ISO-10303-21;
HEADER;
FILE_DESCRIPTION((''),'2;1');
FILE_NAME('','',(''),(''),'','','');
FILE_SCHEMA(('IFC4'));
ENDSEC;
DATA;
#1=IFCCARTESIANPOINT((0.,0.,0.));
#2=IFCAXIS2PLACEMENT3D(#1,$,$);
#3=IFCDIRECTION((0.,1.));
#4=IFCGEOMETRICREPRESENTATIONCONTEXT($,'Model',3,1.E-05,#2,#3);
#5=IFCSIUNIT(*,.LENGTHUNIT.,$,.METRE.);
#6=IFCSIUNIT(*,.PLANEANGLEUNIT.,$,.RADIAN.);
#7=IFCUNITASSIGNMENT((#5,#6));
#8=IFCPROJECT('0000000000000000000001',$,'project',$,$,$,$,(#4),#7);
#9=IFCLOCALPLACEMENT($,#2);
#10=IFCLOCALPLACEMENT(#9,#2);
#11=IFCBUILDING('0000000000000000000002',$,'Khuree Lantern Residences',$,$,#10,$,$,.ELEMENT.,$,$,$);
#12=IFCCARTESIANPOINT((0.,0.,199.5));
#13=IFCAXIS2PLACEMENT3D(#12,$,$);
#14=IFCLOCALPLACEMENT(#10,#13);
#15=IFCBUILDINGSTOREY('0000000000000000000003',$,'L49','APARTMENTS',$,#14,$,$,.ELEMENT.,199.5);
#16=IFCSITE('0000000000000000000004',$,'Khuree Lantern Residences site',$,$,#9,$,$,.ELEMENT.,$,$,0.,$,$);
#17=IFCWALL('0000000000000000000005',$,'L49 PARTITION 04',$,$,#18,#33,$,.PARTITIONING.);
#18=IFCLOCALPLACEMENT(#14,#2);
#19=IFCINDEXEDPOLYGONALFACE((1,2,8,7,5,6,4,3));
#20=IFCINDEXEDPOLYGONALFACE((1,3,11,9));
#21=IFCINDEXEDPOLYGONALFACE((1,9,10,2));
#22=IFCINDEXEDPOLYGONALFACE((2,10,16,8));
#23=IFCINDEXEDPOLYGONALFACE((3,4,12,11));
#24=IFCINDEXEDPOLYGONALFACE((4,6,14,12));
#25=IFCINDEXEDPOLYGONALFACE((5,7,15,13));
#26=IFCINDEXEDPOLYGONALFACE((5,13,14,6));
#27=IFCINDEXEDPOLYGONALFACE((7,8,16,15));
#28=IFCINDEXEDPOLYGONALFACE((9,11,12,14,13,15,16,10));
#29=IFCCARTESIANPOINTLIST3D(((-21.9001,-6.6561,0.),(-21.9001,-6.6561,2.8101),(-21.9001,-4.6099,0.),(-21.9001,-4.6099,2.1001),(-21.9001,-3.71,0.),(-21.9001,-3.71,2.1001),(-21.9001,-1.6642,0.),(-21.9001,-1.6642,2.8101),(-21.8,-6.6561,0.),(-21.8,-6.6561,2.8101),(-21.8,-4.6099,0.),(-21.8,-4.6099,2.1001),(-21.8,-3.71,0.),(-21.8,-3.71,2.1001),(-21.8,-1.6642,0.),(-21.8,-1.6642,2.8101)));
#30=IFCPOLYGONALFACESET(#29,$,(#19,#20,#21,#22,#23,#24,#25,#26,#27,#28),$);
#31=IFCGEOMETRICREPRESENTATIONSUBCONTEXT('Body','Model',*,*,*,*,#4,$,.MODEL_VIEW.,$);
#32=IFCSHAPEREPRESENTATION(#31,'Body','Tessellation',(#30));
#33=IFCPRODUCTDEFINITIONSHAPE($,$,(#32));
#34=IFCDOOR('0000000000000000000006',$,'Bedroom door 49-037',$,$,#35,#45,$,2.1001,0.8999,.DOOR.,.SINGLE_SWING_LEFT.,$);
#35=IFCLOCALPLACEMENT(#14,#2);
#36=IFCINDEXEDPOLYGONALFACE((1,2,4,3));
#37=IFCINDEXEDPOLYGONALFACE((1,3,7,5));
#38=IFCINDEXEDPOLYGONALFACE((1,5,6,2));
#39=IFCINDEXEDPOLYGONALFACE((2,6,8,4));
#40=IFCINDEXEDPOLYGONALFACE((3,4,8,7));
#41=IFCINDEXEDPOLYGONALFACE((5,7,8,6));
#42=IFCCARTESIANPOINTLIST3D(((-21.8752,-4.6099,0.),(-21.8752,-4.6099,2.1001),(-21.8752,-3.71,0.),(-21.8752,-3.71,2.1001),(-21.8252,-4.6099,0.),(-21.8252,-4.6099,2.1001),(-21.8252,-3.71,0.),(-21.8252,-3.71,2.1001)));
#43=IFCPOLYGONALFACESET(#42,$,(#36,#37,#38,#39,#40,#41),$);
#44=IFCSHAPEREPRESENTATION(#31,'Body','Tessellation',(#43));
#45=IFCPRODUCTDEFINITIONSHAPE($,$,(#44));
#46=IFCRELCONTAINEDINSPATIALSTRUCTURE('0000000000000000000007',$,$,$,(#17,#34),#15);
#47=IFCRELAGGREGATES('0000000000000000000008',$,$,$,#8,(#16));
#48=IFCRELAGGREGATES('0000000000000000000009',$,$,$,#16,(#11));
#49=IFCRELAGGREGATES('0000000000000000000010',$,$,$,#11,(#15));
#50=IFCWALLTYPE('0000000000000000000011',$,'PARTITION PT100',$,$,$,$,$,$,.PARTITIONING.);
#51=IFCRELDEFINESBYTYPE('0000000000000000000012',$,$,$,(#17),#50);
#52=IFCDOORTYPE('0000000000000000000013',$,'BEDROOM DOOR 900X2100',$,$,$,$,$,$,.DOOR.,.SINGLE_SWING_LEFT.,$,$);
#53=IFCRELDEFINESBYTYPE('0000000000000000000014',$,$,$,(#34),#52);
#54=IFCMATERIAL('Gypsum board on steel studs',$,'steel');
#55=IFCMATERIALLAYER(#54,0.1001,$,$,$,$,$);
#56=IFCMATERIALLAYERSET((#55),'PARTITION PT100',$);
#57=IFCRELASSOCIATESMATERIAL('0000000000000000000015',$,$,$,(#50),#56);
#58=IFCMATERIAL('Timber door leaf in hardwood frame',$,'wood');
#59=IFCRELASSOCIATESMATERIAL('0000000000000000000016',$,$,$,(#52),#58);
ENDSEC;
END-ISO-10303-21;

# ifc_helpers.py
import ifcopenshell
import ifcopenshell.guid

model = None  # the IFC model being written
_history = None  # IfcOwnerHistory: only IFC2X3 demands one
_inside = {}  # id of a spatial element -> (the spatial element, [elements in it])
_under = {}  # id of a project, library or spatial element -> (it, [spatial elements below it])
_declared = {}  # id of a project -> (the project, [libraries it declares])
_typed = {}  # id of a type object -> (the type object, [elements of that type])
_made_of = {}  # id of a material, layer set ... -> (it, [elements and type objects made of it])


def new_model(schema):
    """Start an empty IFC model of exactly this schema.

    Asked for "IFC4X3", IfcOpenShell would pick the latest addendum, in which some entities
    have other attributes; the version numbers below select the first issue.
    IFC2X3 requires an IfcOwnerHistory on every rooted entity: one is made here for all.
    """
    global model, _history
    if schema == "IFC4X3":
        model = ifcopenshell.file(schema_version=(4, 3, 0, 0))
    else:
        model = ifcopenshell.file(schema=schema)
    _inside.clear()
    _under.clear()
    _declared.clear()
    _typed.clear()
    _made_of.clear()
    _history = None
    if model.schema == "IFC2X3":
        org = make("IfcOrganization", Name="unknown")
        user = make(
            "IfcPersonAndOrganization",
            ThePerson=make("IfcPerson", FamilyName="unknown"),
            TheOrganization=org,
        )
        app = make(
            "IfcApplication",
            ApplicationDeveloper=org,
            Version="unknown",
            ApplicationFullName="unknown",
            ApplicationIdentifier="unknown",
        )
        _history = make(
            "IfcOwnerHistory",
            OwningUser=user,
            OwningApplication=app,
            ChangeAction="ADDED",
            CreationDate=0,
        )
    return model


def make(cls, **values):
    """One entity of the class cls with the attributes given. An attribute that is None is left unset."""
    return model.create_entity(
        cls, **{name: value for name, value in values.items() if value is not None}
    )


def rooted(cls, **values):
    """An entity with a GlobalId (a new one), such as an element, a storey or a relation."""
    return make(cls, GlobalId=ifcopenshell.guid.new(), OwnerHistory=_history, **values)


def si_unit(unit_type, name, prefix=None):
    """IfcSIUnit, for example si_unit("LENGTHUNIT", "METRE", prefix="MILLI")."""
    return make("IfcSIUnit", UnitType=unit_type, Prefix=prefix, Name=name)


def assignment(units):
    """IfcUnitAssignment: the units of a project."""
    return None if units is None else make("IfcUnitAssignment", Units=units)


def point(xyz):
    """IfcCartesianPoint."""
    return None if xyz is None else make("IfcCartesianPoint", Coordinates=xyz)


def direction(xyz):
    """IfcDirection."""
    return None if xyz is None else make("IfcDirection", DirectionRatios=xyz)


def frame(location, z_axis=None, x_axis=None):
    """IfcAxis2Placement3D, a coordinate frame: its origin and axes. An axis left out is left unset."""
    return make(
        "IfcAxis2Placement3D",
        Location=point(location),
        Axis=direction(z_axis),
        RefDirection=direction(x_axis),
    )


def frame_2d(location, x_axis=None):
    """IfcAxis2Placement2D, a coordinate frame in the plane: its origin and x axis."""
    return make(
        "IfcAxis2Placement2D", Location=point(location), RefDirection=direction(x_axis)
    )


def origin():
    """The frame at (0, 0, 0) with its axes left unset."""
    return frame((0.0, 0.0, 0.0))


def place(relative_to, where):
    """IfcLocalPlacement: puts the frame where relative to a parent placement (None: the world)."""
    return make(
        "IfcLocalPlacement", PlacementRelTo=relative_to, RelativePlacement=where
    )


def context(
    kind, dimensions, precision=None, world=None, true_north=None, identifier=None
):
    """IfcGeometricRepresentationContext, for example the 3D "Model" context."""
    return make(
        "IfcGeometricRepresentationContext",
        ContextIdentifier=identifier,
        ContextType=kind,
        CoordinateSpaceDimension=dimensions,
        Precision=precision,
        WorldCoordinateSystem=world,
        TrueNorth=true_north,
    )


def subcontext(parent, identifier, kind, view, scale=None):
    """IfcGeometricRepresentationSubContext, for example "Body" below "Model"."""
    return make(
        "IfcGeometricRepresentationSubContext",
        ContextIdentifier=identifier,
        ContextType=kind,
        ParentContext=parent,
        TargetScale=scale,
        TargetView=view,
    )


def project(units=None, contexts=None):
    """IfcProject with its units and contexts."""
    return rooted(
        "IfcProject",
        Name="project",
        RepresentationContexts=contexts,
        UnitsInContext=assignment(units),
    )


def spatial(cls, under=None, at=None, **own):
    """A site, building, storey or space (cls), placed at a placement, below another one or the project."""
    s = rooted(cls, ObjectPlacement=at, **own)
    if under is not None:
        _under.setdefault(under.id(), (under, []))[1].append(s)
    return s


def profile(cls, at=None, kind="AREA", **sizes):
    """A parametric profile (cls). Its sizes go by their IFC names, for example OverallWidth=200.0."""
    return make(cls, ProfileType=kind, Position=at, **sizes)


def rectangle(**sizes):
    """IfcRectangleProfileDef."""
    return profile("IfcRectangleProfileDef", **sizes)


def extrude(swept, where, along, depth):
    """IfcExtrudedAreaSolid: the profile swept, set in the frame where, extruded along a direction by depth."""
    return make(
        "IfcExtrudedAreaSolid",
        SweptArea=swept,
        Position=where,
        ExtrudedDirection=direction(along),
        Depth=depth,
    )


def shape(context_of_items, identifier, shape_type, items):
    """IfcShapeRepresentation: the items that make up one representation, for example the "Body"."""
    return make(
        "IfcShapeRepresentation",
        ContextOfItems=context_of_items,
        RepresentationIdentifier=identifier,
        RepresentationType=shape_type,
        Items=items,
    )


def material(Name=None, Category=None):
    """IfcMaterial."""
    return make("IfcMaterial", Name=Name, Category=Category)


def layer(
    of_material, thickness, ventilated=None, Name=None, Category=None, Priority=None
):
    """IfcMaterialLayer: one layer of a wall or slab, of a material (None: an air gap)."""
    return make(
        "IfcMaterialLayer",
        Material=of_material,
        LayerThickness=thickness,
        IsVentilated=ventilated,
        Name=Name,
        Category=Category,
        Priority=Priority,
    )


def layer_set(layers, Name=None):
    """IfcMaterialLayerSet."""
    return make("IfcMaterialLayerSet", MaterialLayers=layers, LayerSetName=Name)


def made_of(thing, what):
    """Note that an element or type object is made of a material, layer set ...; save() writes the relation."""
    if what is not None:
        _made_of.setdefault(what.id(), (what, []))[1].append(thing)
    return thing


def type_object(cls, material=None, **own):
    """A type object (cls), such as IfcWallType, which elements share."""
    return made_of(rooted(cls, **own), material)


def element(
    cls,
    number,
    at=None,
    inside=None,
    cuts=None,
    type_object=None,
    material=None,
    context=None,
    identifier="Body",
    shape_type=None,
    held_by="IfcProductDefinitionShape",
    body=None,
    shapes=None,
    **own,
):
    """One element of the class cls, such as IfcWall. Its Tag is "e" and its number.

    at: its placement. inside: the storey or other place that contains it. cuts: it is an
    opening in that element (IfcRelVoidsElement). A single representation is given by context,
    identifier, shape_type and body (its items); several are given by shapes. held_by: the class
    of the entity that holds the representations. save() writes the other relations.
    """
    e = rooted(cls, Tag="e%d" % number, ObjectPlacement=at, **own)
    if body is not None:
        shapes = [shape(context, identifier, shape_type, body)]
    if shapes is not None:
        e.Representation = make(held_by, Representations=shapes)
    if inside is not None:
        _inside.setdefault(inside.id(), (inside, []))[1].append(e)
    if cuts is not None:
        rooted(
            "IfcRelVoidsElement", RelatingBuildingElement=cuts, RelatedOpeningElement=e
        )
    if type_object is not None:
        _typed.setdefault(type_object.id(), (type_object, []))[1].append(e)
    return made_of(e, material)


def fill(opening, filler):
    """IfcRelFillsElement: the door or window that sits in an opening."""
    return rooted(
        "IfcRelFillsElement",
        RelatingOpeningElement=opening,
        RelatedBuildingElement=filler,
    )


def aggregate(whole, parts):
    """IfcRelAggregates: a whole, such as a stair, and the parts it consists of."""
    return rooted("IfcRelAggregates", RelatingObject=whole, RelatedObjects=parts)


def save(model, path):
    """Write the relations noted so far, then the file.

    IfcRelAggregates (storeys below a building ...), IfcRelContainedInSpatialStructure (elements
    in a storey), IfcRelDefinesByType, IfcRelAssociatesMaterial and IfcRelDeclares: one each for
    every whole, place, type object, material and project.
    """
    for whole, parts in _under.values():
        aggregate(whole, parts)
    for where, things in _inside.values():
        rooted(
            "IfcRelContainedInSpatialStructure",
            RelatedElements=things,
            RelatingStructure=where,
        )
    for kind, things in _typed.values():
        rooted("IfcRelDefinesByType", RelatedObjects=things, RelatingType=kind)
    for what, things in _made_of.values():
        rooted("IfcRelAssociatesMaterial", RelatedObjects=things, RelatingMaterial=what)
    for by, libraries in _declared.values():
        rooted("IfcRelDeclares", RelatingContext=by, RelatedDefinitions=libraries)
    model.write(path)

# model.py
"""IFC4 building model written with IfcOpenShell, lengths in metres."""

from ifc_helpers import new_model, si_unit, direction, frame, frame_2d, origin, place, context, subcontext, project, spatial, rectangle, extrude, material, layer, layer_set, type_object, element, fill, save


model = new_model("IFC4")

# Units and contexts
model_context = context("Model", 3, precision=1e-05, world=origin(), true_north=direction((0.0, 1.0)))
body_context = subcontext(model_context, "Body", "Model", "MODEL_VIEW")
ifc_project = project(units=[si_unit("LENGTHUNIT", "METRE"), si_unit("PLANEANGLEUNIT", "RADIAN")], contexts=[model_context])

# Site, building, storey
site_placement = place(None, origin())
site = spatial("IfcSite", under=ifc_project, at=site_placement, Name="Khuree Lantern Residences site", CompositionType="ELEMENT", RefElevation=0.0)
building_placement = place(site_placement, origin())
building = spatial("IfcBuilding", under=site, at=building_placement, Name="Khuree Lantern Residences", CompositionType="ELEMENT")
storey_placement = place(building_placement, frame((0.0, 0.0, 199.5)))
storey = spatial("IfcBuildingStorey", under=building, at=storey_placement, Name="L49", Description="APARTMENTS", CompositionType="ELEMENT", Elevation=199.5)

# Shared definitions
ifc_material_1 = material(Name="Timber door leaf in hardwood frame", Category="wood")

# Shared definitions
ifc_material_2 = material(Name="Gypsum board on steel studs", Category="steel")

# Shared definitions
ifc_layer_1 = layer(ifc_material_2, 0.1001)
ifc_layer_set_1 = layer_set([ifc_layer_1], Name="PARTITION PT100")
wall_type_1 = type_object("IfcWallType", Name="PARTITION PT100", PredefinedType="PARTITIONING", material=ifc_layer_set_1)

# Wall, opening, door
door_type_1 = type_object("IfcDoorType", Name="BEDROOM DOOR 900X2100", OperationType="SINGLE_SWING_LEFT", PredefinedType="DOOR", material=ifc_material_1)
wall_1_placement = place(storey_placement, frame((-21.8501, -1.6641, 0.0), z_axis=(0.0, 0.0, 1.0), x_axis=(0.0, -1.0, 0.0)))
wall_1 = element("IfcWall", 1, at=wall_1_placement, inside=storey, type_object=wall_type_1, Name="L49 PARTITION 04", PredefinedType="PARTITIONING", context=body_context, shape_type="SweptSolid", body=[
    extrude(rectangle(XDim=4.9919, YDim=0.1001, at=frame_2d((2.4961, 0.0))), origin(), (0.0, 0.0, 1.0), 2.8101),
])
opening_1_placement = place(wall_1_placement, frame((2.0459, 0.0, 0.0)))
opening_1 = element("IfcOpeningElement", 2, at=opening_1_placement, cuts=wall_1, PredefinedType="OPENING", context=body_context, shape_type="SweptSolid", body=[
    extrude(rectangle(XDim=0.8999, YDim=2.1001, at=frame_2d((0.45, 1.05))), frame((0.0, 0.0601, 0.0), z_axis=(0.0, -1.0, 0.0), x_axis=(1.0, 0.0, 0.0)), (0.0, 0.0, 1.0), 0.1201),
])
door_1_placement = place(opening_1_placement, origin())
door_1 = element("IfcDoor", 3, at=door_1_placement, inside=storey, type_object=door_type_1, Name="Bedroom door 49-037", OperationType="SINGLE_SWING_LEFT", OverallHeight=2.1001, OverallWidth=0.8999, PredefinedType="DOOR", context=body_context, shape_type="SweptSolid", body=[
    extrude(rectangle(XDim=0.8999, YDim=2.1001, at=frame_2d((0.45, 1.05))), frame((0.0, 0.0249, 0.0), z_axis=(0.0, -1.0, 0.0), x_axis=(1.0, 0.0, 0.0)), (0.0, 0.0, 1.0), 0.05),
])
fill(opening_1, door_1)

save(model, "model.ifc")
